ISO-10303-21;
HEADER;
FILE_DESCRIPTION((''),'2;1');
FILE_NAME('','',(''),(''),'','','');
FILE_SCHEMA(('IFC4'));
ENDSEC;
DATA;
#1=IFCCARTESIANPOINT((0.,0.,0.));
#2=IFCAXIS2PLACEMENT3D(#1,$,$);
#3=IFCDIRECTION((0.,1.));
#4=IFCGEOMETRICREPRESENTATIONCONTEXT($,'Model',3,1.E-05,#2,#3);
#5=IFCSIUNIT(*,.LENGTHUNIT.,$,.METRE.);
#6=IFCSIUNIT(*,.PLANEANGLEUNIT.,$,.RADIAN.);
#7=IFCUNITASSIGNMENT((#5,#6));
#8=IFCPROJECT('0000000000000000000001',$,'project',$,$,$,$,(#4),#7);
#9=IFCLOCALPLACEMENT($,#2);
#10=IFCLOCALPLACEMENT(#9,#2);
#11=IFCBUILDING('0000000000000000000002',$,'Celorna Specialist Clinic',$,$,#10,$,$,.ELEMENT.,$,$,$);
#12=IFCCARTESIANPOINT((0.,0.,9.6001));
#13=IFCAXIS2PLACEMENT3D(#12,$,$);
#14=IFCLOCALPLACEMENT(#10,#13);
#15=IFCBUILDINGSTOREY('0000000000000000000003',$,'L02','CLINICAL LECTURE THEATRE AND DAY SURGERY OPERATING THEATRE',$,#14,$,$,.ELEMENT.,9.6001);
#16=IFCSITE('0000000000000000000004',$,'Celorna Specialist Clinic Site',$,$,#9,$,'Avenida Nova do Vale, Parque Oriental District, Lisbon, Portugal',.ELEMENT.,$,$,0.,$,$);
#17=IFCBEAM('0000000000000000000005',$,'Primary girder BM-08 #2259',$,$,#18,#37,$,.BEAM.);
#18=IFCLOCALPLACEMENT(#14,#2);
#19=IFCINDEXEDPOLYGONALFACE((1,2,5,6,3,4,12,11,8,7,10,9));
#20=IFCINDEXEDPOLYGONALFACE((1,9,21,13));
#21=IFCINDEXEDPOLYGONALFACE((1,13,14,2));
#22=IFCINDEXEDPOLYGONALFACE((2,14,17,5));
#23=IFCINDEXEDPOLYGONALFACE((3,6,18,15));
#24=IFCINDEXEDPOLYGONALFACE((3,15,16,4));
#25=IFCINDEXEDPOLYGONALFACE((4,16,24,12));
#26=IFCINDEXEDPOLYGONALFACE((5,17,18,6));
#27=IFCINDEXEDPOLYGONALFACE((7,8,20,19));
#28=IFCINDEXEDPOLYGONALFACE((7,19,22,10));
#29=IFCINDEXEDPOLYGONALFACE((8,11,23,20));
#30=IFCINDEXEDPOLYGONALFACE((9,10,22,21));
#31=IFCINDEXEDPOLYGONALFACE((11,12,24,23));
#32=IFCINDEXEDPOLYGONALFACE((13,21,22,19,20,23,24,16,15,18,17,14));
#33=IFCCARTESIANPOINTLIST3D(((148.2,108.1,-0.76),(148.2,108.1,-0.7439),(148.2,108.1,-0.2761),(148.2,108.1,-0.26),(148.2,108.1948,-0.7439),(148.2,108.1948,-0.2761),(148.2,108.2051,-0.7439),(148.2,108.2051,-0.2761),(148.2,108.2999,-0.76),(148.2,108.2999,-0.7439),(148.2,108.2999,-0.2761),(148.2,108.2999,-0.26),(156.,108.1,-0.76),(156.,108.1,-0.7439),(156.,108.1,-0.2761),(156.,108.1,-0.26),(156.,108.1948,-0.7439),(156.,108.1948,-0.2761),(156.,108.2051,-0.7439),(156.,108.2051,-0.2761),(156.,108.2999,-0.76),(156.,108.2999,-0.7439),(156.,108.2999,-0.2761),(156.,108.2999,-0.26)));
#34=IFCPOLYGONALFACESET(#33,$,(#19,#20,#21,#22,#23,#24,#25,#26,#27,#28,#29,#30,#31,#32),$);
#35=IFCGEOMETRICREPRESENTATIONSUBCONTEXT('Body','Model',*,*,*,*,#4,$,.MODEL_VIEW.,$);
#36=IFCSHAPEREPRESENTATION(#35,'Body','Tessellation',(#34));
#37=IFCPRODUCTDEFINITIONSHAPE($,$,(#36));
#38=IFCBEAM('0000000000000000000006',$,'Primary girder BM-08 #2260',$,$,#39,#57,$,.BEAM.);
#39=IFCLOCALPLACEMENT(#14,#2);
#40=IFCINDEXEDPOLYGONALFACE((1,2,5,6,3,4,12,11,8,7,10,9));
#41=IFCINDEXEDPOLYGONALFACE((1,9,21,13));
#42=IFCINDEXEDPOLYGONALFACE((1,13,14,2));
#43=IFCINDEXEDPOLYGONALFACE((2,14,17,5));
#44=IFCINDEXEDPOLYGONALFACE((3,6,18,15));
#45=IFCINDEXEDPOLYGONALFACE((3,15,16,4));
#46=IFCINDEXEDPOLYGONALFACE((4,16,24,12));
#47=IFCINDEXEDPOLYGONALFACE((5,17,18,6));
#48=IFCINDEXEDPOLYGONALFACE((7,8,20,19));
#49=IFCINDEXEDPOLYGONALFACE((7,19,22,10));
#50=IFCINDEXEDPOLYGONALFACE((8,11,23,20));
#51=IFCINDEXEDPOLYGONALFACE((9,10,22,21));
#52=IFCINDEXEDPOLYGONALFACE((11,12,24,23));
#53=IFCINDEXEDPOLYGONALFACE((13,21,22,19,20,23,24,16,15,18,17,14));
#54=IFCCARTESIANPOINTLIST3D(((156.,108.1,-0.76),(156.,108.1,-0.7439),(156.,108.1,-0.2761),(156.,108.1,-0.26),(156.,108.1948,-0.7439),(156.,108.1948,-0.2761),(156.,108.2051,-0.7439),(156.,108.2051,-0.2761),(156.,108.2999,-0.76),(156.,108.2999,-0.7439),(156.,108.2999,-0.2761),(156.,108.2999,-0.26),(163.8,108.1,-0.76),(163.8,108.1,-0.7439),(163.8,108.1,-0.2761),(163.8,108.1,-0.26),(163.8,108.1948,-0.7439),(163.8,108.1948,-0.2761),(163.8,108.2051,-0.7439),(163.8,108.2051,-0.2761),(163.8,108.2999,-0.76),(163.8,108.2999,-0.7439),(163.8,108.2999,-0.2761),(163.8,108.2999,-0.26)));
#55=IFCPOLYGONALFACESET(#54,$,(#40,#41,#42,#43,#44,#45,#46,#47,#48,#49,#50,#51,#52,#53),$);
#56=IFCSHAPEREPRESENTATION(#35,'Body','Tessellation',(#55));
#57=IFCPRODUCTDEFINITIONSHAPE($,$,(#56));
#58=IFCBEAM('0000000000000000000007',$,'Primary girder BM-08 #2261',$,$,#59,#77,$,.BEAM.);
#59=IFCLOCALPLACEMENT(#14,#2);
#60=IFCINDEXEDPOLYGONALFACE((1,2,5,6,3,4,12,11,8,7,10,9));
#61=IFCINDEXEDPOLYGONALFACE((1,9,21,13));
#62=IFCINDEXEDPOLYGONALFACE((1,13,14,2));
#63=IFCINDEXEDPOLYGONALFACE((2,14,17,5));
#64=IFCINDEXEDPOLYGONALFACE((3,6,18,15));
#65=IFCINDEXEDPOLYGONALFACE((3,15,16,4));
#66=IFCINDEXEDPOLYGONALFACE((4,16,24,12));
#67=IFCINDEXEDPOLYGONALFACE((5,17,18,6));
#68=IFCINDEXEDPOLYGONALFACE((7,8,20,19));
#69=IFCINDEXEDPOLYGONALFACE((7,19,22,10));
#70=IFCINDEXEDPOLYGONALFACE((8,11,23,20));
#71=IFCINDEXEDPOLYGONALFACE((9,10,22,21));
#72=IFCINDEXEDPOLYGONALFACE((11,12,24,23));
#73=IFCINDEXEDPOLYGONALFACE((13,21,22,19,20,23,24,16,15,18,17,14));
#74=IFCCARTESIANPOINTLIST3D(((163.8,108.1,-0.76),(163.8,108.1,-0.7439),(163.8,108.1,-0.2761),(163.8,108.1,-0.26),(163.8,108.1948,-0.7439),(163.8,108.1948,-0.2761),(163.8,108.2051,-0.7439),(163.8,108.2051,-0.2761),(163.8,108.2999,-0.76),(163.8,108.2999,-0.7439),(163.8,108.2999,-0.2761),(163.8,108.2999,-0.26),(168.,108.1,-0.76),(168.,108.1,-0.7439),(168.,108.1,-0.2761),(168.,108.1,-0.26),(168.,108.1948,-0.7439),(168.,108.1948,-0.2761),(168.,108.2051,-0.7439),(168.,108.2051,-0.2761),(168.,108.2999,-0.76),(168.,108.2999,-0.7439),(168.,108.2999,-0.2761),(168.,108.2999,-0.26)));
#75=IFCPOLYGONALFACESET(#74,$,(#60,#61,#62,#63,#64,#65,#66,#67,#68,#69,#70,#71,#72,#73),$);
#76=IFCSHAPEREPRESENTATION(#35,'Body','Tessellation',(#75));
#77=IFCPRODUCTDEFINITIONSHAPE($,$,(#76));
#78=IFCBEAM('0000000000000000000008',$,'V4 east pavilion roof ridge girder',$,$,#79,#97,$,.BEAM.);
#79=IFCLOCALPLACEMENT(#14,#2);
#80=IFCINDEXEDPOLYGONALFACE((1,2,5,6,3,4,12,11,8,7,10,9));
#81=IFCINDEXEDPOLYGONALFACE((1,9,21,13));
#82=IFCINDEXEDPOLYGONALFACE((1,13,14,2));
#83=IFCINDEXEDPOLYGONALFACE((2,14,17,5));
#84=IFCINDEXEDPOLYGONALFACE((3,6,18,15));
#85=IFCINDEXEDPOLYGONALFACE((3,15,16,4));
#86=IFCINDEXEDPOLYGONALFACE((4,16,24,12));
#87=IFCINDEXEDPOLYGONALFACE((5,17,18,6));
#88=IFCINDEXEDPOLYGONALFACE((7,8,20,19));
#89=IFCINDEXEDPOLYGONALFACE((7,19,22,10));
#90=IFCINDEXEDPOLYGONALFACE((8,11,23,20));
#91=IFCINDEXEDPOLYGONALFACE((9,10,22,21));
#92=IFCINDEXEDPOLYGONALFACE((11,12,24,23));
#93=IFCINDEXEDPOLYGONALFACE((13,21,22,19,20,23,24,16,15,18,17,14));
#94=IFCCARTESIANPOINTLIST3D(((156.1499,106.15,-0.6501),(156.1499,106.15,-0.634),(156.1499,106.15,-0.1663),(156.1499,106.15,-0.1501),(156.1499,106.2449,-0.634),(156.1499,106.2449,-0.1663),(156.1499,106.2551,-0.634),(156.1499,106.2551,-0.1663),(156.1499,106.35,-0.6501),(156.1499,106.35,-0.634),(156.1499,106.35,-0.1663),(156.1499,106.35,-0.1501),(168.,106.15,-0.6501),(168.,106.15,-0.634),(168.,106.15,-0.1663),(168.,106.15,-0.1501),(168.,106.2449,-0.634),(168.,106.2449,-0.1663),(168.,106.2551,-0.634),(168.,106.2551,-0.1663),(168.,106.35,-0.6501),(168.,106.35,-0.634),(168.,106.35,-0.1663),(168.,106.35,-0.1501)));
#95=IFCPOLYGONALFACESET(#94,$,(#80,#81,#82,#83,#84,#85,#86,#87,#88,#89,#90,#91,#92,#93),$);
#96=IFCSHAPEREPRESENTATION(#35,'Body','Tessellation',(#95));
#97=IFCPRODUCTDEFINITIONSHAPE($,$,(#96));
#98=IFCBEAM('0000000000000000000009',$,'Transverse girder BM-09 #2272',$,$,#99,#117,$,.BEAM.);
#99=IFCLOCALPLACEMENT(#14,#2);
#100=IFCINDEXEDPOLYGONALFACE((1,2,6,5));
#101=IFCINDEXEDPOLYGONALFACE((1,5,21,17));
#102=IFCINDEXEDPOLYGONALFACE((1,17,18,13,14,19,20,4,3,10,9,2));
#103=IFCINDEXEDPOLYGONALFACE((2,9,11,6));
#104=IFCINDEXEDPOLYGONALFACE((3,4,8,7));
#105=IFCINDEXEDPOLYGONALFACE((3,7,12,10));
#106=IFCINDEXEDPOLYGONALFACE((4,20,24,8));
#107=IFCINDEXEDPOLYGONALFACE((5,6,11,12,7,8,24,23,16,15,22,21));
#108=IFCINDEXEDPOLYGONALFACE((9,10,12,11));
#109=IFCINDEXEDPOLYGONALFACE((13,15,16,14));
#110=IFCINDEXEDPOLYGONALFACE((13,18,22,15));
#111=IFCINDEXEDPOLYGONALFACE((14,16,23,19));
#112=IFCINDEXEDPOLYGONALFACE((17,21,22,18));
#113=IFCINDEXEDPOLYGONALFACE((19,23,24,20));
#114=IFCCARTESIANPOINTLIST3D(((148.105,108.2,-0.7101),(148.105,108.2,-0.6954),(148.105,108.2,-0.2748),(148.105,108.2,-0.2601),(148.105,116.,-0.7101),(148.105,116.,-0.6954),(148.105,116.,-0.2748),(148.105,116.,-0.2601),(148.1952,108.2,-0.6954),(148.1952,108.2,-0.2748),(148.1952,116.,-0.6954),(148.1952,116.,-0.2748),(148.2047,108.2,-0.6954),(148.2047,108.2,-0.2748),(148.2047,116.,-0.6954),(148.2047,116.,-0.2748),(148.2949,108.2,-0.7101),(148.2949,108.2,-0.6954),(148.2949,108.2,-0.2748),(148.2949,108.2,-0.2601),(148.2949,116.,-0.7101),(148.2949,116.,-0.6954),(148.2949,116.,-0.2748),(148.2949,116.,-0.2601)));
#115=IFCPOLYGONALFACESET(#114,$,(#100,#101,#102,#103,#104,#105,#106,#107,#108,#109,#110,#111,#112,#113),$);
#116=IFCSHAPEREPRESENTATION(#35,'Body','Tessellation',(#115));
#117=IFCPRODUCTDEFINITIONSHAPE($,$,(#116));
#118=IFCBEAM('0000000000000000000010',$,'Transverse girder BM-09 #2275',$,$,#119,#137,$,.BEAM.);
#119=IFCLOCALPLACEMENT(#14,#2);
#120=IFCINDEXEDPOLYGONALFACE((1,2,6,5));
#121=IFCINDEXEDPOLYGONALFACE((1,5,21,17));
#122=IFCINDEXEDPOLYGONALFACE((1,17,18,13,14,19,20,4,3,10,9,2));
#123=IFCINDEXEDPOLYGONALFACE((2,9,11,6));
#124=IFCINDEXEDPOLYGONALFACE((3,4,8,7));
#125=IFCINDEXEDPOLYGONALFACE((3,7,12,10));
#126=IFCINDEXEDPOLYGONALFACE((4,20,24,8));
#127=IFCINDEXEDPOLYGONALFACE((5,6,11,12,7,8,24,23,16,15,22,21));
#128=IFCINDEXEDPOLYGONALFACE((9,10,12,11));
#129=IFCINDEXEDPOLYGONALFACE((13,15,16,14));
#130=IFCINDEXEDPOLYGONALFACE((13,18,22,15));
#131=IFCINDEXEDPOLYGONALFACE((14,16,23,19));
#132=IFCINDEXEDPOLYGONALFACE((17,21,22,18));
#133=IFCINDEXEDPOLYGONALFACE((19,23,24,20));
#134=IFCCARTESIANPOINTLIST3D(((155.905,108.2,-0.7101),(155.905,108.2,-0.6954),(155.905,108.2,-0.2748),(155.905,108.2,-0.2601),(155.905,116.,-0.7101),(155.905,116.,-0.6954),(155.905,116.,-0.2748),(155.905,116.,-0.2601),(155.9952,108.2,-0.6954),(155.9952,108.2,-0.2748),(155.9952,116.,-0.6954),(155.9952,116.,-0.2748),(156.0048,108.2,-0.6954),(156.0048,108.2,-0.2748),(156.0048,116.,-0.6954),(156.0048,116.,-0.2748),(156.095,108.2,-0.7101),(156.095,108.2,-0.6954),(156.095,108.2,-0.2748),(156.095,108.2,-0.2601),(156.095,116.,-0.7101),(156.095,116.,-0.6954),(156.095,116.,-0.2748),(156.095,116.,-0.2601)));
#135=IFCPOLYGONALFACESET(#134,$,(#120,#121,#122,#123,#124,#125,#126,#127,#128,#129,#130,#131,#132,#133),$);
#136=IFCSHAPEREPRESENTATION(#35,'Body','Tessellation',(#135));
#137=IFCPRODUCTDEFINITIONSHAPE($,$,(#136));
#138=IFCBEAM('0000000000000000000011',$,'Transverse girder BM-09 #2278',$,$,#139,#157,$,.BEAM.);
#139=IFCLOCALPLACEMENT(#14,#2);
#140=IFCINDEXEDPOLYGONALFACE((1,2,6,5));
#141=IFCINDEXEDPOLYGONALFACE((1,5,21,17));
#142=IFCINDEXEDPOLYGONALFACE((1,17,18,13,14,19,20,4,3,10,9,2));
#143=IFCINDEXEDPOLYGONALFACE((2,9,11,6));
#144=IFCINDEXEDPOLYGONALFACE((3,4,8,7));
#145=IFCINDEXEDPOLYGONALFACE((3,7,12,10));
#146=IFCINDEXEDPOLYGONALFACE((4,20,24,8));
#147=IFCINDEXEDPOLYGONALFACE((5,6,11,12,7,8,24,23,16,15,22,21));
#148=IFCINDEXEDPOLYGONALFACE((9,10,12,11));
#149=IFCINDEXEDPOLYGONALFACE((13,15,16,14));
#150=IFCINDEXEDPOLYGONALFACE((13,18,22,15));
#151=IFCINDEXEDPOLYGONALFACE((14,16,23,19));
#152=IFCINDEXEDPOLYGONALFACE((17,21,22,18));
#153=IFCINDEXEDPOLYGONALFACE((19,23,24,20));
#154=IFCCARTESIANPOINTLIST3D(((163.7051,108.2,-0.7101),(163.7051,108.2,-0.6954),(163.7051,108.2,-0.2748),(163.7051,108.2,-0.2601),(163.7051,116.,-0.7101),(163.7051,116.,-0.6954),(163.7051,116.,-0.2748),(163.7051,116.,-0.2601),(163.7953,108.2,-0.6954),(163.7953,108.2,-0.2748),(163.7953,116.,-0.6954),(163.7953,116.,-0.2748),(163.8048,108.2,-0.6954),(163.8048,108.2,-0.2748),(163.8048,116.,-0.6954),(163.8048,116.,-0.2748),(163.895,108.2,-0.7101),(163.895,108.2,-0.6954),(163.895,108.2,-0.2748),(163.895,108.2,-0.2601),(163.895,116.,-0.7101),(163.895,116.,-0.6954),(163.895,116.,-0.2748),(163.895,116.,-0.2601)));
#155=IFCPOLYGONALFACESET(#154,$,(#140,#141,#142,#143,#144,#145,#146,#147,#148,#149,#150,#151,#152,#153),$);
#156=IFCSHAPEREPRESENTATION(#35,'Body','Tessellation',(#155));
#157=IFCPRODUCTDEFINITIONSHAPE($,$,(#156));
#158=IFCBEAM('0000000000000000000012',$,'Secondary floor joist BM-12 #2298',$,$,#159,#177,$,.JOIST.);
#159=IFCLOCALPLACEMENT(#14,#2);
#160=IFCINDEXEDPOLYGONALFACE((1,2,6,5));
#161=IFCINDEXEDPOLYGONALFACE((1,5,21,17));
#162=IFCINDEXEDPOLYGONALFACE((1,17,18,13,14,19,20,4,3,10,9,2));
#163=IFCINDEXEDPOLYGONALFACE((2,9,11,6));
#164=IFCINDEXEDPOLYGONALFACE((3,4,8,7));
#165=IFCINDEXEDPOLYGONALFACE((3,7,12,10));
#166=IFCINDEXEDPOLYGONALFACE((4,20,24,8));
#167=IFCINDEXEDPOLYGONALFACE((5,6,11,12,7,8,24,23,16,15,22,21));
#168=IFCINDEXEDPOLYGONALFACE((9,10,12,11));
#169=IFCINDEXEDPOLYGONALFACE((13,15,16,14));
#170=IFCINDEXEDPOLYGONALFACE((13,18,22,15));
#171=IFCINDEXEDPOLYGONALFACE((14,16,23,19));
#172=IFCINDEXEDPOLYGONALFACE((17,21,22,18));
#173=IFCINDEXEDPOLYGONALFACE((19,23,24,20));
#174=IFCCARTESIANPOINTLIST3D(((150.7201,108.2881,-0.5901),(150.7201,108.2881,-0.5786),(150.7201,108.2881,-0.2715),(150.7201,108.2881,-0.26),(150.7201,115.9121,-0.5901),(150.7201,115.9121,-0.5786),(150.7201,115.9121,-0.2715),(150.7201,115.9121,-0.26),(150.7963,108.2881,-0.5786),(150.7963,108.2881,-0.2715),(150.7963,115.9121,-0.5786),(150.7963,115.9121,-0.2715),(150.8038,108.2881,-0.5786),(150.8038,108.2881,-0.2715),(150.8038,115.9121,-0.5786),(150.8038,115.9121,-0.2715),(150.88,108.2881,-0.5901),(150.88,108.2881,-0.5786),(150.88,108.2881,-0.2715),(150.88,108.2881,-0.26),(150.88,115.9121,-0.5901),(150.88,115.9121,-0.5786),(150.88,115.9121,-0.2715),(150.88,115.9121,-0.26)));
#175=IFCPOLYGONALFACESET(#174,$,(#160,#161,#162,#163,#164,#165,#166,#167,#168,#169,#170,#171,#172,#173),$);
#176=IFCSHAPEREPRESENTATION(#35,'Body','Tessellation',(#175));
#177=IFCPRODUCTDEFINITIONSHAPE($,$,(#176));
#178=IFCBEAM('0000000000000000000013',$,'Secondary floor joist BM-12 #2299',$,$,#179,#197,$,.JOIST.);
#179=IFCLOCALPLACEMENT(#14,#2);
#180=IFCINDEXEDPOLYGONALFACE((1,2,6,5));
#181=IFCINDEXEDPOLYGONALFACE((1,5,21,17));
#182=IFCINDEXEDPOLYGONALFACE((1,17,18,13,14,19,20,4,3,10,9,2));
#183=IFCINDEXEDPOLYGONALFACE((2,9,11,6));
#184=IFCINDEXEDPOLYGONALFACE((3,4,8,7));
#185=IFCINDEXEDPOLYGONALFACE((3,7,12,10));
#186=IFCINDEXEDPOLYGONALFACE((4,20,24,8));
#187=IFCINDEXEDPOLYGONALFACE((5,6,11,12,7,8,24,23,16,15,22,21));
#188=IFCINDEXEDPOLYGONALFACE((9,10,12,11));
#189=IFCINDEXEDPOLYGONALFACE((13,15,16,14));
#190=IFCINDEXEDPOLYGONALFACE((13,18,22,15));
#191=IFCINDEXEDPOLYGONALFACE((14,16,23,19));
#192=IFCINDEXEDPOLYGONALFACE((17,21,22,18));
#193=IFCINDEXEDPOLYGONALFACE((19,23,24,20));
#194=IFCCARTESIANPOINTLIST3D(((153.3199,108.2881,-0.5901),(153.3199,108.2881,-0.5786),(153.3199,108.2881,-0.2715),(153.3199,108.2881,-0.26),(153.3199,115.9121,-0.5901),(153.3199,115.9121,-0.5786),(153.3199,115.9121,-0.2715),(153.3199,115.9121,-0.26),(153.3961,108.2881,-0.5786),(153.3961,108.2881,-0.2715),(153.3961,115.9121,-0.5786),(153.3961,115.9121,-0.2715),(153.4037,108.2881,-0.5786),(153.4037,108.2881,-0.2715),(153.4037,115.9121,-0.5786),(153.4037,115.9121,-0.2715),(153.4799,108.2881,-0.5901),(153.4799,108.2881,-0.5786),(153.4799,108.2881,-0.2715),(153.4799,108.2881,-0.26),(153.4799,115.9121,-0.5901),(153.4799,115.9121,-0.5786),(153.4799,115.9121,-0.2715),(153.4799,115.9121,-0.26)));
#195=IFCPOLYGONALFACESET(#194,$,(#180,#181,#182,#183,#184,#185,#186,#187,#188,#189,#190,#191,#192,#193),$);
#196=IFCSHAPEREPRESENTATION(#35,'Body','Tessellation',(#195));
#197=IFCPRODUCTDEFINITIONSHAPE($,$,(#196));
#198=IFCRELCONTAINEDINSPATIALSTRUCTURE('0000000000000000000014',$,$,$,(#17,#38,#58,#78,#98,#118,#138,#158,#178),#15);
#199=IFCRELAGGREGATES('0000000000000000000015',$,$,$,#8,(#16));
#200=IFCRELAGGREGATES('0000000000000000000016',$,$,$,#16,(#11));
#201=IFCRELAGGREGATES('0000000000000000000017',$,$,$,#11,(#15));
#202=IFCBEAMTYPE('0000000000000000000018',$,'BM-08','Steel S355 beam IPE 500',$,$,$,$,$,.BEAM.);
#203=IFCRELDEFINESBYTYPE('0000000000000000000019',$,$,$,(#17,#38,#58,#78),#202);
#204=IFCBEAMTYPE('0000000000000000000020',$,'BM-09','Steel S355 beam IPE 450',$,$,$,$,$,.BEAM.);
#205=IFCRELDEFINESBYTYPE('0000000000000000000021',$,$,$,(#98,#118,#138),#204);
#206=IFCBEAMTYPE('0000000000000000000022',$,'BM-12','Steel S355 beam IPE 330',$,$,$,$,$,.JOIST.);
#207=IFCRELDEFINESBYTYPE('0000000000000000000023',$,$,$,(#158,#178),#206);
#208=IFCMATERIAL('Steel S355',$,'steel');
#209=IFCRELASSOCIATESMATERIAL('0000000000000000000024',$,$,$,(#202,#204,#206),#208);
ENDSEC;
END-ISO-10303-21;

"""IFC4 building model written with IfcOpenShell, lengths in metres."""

from ifc_helpers import new_model, si_unit, direction, frame, origin, origin_2d, place, context, subcontext, project, spatial, i_section, extrude, material, material_profile, profile_set, type_object, element, save


model = new_model("IFC4")

# Units and contexts
model_context = context("Model", 3, precision=1e-05, world=origin(), true_north=direction((0.0, 1.0)))
body_context = subcontext(model_context, "Body", "Model", "MODEL_VIEW")
ifc_project = project(units=[si_unit("LENGTHUNIT", "METRE"), si_unit("PLANEANGLEUNIT", "RADIAN")], contexts=[model_context])

# Site, building, storey
site_placement = place(None, origin())
site = spatial("IfcSite", under=ifc_project, at=site_placement, Name="Celorna Specialist Clinic Site", LongName="Avenida Nova do Vale, Parque Oriental District, Lisbon, Portugal", CompositionType="ELEMENT", RefElevation=0.0)
building_placement = place(site_placement, origin())
building = spatial("IfcBuilding", under=site, at=building_placement, Name="Celorna Specialist Clinic", CompositionType="ELEMENT")
storey_placement = place(building_placement, frame((0.0, 0.0, 9.6001)))
storey = spatial("IfcBuildingStorey", under=building, at=storey_placement, Name="L02", Description="CLINICAL LECTURE THEATRE AND DAY SURGERY OPERATING THEATRE", CompositionType="ELEMENT", Elevation=9.6001)

# Beams
ifc_material_1 = material(Name="Steel S355", Category="steel")
ifc_material_profile_1 = material_profile(ifc_material_1, i_section(OverallWidth=0.2, OverallDepth=0.5, WebThickness=0.0103, FlangeThickness=0.0161, at=origin_2d()), Name="IPE 500")
ifc_profile_set_1 = profile_set([ifc_material_profile_1], Name="Steel S355")
beam_type_1 = type_object("IfcBeamType", Name="BM-08", Description="Steel S355 beam IPE 500", PredefinedType="BEAM", material=ifc_profile_set_1)
for number, where, z_axis, x_axis, name in (
    (1, (148.2, 108.2, -0.51), (1.0, 0.0, 0.0), (0.0, 1.0, 0.0), "Primary girder BM-08 #2259"),
    (2, (156.0, 108.2, -0.51), (1.0, 0.0, 0.0), (0.0, 1.0, 0.0), "Primary girder BM-08 #2260"),
):
    element("IfcBeam", number, at=place(storey_placement, frame(where, z_axis=z_axis, x_axis=x_axis)), inside=storey, type_object=beam_type_1, Name=name, PredefinedType="BEAM", context=body_context, shape_type="SweptSolid", body=[
        extrude(i_section(OverallWidth=0.2, OverallDepth=0.5, WebThickness=0.0103, FlangeThickness=0.0161, at=origin_2d()), origin(), (0.0, 0.0, 1.0), 7.8),
    ])
beam_1_placement = place(storey_placement, frame((163.8, 108.2, -0.51), z_axis=(1.0, 0.0, 0.0), x_axis=(0.0, 1.0, 0.0)))
element("IfcBeam", 3, at=beam_1_placement, inside=storey, type_object=beam_type_1, Name="Primary girder BM-08 #2261", PredefinedType="BEAM", context=body_context, shape_type="SweptSolid", body=[
    extrude(i_section(OverallWidth=0.2, OverallDepth=0.5, WebThickness=0.0103, FlangeThickness=0.0161, at=origin_2d()), origin(), (0.0, 0.0, 1.0), 4.2),
])
beam_2_placement = place(storey_placement, frame((156.1499, 106.25, -0.4001), z_axis=(1.0, 0.0, 0.0), x_axis=(0.0, 1.0, 0.0)))
element("IfcBeam", 4, at=beam_2_placement, inside=storey, type_object=beam_type_1, Name="V4 east pavilion roof ridge girder", PredefinedType="BEAM", context=body_context, shape_type="SweptSolid", body=[
    extrude(i_section(OverallWidth=0.2, OverallDepth=0.5, WebThickness=0.0103, FlangeThickness=0.0161, at=origin_2d()), origin(), (0.0, 0.0, 1.0), 11.8501),
])
ifc_material_profile_2 = material_profile(ifc_material_1, i_section(OverallWidth=0.1899, OverallDepth=0.45, WebThickness=0.0095, FlangeThickness=0.0146, at=origin_2d()), Name="IPE 450")
ifc_profile_set_2 = profile_set([ifc_material_profile_2], Name="Steel S355")
beam_type_2 = type_object("IfcBeamType", Name="BM-09", Description="Steel S355 beam IPE 450", PredefinedType="BEAM", material=ifc_profile_set_2)
for number, where, z_axis, x_axis, name in (
    (5, (148.2, 108.2, -0.4851), (0.0, 1.0, 0.0), (-1.0, 0.0, 0.0), "Transverse girder BM-09 #2272"),
    (6, (156.0, 108.2, -0.4851), (0.0, 1.0, 0.0), (-1.0, 0.0, 0.0), "Transverse girder BM-09 #2275"),
    (7, (163.8, 108.2, -0.4851), (0.0, 1.0, 0.0), (-1.0, 0.0, 0.0), "Transverse girder BM-09 #2278"),
):
    element("IfcBeam", number, at=place(storey_placement, frame(where, z_axis=z_axis, x_axis=x_axis)), inside=storey, type_object=beam_type_2, Name=name, PredefinedType="BEAM", context=body_context, shape_type="SweptSolid", body=[
        extrude(i_section(OverallWidth=0.1899, OverallDepth=0.45, WebThickness=0.0095, FlangeThickness=0.0146, at=origin_2d()), origin(), (0.0, 0.0, 1.0), 7.8),
    ])
ifc_material_profile_3 = material_profile(ifc_material_1, i_section(OverallWidth=0.1599, OverallDepth=0.3301, WebThickness=0.0076, FlangeThickness=0.0115, at=origin_2d()), Name="IPE 330")
ifc_profile_set_3 = profile_set([ifc_material_profile_3], Name="Steel S355")
beam_type_3 = type_object("IfcBeamType", Name="BM-12", Description="Steel S355 beam IPE 330", PredefinedType="JOIST", material=ifc_profile_set_3)
for number, where, z_axis, x_axis, name in (
    (8, (150.8, 108.2881, -0.425), (0.0, 1.0, 0.0), (-1.0, 0.0, 0.0), "Secondary floor joist BM-12 #2298"),
    (9, (153.3999, 108.2881, -0.425), (0.0, 1.0, 0.0), (-1.0, 0.0, 0.0), "Secondary floor joist BM-12 #2299"),
):
    element("IfcBeam", number, at=place(storey_placement, frame(where, z_axis=z_axis, x_axis=x_axis)), inside=storey, type_object=beam_type_3, Name=name, PredefinedType="JOIST", context=body_context, shape_type="SweptSolid", body=[
        extrude(i_section(OverallWidth=0.1599, OverallDepth=0.3301, WebThickness=0.0076, FlangeThickness=0.0115, at=origin_2d()), origin(), (0.0, 0.0, 1.0), 7.624),
    ])

save(model, "model.ifc")
